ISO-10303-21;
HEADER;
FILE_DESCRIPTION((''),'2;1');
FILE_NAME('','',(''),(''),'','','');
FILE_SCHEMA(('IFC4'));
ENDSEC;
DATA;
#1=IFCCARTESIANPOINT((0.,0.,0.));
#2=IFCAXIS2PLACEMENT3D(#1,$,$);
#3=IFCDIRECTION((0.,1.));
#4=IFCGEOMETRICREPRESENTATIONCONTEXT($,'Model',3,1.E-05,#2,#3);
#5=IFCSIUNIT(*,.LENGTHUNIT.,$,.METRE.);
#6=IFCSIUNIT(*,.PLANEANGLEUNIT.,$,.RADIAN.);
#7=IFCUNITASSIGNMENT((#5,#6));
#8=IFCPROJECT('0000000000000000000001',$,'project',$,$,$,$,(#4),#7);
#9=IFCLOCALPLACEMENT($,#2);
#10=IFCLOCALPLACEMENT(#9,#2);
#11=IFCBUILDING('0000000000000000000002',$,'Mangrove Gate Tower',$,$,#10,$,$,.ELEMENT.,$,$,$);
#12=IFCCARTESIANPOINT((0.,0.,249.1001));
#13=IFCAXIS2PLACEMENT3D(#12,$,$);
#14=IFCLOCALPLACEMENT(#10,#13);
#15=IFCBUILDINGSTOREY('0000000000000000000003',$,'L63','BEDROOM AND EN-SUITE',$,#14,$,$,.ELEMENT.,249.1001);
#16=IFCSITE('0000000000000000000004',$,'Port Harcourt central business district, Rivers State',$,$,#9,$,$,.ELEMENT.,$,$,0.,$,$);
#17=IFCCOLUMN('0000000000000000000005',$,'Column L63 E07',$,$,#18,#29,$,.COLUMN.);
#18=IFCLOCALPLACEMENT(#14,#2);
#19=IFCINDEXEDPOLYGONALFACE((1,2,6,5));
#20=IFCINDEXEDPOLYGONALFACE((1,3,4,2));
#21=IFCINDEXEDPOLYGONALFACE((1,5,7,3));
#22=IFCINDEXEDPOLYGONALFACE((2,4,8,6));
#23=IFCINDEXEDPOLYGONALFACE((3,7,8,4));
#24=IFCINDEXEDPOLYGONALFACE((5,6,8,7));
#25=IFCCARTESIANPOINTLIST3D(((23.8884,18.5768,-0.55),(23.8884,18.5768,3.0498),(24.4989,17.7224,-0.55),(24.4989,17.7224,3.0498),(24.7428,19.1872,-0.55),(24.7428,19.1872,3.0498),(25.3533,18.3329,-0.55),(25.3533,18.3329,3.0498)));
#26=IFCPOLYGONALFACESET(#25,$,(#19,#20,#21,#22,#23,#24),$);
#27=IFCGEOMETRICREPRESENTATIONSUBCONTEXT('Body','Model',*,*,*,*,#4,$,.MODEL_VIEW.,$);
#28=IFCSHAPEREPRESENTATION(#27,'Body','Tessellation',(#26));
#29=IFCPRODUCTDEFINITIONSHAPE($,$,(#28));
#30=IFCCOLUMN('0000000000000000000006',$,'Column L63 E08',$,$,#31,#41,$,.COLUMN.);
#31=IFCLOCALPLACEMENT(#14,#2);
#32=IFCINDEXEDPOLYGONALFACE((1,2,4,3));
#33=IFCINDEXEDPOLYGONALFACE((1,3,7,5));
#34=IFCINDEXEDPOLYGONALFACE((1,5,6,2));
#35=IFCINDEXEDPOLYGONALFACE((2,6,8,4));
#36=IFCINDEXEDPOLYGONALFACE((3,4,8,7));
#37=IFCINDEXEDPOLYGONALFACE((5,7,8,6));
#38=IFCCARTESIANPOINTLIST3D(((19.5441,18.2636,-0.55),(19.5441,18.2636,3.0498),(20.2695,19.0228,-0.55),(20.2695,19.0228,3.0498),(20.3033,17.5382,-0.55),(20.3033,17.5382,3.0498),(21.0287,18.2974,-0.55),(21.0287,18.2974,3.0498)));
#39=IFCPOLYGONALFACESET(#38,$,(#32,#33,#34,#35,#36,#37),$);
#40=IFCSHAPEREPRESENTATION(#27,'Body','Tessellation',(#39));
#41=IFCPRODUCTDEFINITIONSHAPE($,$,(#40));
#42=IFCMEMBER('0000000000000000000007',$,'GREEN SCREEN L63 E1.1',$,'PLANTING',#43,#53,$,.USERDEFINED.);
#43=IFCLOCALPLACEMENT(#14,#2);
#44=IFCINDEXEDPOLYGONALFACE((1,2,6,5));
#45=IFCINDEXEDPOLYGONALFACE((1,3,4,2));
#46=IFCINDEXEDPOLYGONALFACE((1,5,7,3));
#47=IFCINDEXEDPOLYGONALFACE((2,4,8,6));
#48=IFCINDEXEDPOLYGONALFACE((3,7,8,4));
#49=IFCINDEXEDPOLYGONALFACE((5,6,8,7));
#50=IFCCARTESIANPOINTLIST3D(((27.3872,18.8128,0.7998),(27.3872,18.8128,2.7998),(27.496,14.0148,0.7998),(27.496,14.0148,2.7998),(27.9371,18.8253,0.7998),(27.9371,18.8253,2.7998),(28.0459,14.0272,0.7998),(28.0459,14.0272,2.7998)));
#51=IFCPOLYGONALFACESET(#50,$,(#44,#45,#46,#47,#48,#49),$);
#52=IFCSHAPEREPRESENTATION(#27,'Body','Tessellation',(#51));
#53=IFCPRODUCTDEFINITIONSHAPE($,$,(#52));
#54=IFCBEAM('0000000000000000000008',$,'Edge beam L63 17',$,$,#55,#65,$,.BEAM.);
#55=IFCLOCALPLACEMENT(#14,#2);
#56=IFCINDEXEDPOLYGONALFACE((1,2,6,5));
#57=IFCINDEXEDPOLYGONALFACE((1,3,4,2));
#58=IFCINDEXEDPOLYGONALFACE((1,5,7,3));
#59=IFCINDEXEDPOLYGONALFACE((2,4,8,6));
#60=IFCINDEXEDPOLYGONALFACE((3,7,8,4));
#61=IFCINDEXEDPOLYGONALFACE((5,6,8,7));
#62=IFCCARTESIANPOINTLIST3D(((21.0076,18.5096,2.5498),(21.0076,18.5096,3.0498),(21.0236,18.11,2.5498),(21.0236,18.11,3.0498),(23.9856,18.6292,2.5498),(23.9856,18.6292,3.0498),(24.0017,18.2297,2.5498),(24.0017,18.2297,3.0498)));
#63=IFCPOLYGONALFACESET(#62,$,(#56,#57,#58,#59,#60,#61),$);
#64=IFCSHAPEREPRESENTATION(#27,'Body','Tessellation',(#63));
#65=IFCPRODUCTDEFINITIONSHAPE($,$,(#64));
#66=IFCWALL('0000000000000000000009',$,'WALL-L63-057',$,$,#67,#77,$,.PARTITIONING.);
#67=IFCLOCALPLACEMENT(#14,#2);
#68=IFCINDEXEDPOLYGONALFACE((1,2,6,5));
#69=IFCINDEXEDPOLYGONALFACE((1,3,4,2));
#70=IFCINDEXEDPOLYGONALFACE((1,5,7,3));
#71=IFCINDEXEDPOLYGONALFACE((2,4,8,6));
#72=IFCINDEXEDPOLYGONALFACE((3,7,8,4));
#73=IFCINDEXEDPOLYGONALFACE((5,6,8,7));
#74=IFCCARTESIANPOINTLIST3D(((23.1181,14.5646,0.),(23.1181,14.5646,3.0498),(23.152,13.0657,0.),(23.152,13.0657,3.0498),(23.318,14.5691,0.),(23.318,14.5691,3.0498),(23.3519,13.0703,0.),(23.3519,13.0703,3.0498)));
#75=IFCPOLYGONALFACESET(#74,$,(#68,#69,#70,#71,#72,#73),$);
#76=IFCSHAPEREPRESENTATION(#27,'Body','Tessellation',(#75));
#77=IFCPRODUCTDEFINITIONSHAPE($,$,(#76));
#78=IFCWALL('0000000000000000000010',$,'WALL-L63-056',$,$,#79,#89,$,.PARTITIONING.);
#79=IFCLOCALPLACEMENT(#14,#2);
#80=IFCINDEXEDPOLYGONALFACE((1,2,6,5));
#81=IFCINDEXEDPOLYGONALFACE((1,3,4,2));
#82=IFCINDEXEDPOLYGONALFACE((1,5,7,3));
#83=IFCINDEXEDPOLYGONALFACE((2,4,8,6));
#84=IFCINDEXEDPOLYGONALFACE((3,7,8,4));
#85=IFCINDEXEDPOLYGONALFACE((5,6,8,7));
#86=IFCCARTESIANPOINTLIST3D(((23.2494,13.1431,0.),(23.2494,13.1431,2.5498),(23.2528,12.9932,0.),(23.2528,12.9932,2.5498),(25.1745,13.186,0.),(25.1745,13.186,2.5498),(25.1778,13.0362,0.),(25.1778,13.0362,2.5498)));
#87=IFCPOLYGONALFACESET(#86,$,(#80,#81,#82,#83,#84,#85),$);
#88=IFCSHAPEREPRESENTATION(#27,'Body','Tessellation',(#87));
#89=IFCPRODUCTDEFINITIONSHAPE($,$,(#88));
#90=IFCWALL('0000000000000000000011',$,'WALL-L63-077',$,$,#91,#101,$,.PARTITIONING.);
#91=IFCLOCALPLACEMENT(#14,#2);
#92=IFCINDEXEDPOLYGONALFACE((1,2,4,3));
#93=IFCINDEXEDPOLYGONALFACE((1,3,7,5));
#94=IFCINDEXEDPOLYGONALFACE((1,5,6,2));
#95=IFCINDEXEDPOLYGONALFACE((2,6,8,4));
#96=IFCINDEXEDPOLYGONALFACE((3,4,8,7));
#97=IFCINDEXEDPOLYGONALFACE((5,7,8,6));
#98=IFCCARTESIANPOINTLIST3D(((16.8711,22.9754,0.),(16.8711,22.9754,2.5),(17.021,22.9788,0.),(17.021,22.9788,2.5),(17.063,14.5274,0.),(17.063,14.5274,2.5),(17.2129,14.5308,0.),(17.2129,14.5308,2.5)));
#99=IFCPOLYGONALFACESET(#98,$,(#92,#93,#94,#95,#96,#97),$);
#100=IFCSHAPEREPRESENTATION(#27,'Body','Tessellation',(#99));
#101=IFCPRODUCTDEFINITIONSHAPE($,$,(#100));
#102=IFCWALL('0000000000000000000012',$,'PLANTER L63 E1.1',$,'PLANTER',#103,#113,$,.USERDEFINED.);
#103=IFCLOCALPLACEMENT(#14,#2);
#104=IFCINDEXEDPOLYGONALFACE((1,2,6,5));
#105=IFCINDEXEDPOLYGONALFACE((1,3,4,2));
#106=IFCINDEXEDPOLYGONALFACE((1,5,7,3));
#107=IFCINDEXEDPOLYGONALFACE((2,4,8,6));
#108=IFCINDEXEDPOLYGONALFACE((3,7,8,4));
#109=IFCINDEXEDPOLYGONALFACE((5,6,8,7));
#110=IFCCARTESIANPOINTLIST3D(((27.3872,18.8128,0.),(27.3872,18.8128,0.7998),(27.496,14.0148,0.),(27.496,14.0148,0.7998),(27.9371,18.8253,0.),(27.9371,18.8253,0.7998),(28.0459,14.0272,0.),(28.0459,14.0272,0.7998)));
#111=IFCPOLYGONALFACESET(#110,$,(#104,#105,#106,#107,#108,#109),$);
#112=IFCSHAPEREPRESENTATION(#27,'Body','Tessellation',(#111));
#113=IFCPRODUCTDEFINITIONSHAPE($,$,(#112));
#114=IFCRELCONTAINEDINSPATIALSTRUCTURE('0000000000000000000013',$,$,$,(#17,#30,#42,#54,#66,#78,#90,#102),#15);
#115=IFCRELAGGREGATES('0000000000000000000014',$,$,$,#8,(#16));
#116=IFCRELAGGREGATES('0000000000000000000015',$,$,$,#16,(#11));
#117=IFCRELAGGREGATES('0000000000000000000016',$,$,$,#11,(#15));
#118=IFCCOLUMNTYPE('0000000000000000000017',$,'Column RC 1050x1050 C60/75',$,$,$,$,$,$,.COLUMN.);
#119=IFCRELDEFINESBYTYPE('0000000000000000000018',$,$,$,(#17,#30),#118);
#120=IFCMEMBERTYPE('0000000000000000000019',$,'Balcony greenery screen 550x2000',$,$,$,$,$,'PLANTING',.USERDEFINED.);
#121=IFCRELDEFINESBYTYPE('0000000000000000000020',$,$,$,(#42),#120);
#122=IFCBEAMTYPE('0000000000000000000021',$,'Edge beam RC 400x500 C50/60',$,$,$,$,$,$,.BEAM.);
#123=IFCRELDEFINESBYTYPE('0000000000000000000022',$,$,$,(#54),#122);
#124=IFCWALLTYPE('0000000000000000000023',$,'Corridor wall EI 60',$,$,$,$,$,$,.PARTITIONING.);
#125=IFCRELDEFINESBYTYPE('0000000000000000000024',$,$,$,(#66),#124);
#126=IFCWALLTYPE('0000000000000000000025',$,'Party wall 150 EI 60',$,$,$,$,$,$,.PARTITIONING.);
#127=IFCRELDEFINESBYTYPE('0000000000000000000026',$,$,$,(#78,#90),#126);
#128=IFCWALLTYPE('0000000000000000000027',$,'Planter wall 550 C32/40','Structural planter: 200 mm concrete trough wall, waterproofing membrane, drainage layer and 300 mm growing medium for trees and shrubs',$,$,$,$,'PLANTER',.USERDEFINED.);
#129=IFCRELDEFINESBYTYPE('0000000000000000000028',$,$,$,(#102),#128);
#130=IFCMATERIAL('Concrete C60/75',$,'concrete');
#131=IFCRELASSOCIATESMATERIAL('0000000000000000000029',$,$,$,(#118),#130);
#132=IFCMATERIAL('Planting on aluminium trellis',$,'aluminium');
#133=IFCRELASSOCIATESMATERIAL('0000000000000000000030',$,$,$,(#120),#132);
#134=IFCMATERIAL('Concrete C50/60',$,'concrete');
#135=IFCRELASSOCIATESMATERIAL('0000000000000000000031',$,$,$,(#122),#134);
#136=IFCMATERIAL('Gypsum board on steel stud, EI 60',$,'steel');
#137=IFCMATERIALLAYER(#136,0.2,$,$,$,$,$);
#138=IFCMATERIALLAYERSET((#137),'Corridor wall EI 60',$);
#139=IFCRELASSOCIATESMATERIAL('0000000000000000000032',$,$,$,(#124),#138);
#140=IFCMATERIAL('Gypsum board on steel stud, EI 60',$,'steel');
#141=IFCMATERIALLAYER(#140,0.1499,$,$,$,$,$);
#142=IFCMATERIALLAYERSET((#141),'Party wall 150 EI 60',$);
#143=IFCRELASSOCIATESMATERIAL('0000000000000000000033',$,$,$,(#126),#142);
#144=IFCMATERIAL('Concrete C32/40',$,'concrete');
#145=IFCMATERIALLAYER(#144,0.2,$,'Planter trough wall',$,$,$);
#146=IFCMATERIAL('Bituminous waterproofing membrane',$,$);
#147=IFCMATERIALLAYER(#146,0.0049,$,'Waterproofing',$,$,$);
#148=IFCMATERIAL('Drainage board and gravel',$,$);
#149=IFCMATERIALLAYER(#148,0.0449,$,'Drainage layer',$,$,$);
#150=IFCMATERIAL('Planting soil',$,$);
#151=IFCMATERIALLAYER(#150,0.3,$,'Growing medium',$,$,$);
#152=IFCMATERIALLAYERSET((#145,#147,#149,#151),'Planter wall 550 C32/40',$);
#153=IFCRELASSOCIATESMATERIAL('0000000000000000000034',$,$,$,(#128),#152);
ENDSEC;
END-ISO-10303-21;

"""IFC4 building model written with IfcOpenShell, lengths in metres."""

from ifc_helpers import new_model, si_unit, direction, frame, frame_2d, origin, origin_2d, place, context, subcontext, project, spatial, rectangle, extrude, material, layer, layer_set, material_profile, profile_set, type_object, element, save


model = new_model("IFC4")

# Units and contexts
model_context = context("Model", 3, precision=1e-05, world=origin(), true_north=direction((0.0, 1.0)))
body_context = subcontext(model_context, "Body", "Model", "MODEL_VIEW")
ifc_project = project(units=[si_unit("LENGTHUNIT", "METRE"), si_unit("PLANEANGLEUNIT", "RADIAN")], contexts=[model_context])

# Site, building, storey
site_placement = place(None, origin())
site = spatial("IfcSite", under=ifc_project, at=site_placement, Name="Port Harcourt central business district, Rivers State", CompositionType="ELEMENT", RefElevation=0.0)
building_placement = place(site_placement, origin())
building = spatial("IfcBuilding", under=site, at=building_placement, Name="Mangrove Gate Tower", CompositionType="ELEMENT")
storey_placement = place(building_placement, frame((0.0, 0.0, 249.1001)))
storey = spatial("IfcBuildingStorey", under=building, at=storey_placement, Name="L63", Description="BEDROOM AND EN-SUITE", CompositionType="ELEMENT", Elevation=249.1001)

# Columns
ifc_material_1 = material(Name="Concrete C60/75", Category="concrete")
ifc_material_profile_1 = material_profile(ifc_material_1, rectangle(XDim=1.05, YDim=1.05, at=origin_2d()))
ifc_profile_set_1 = profile_set([ifc_material_profile_1], Name="Concrete C60/75")
column_type = type_object("IfcColumnType", Name="Column RC 1050x1050 C60/75", PredefinedType="COLUMN", material=ifc_profile_set_1)
for number, where, z_axis, x_axis, name in (
    (1, (24.6208, 18.4548, -0.55), (0.0, 0.0, 1.0), (-0.581359, 0.813647, 0.0), "Column L63 E07"),
    (2, (20.2864, 18.2805, -0.55), (0.0, 0.0, 1.0), (-0.722994, 0.690854, 0.0), "Column L63 E08"),
):
    element("IfcColumn", number, at=place(storey_placement, frame(where, z_axis=z_axis, x_axis=x_axis)), inside=storey, type_object=column_type, Name=name, PredefinedType="COLUMN", context=body_context, shape_type="SweptSolid", body=[
        extrude(rectangle(XDim=1.05, YDim=1.05, at=origin_2d()), origin(), (0.0, 0.0, 1.0), 3.5999),
    ])

# Member
ifc_material_2 = material(Name="Planting on aluminium trellis", Category="aluminium")
ifc_material_profile_2 = material_profile(ifc_material_2, rectangle(XDim=0.55, YDim=2.0, at=origin_2d()))
ifc_profile_set_2 = profile_set([ifc_material_profile_2], Name="Planting on aluminium trellis")
member_type = type_object("IfcMemberType", Name="Balcony greenery screen 550x2000", ElementType="PLANTING", PredefinedType="USERDEFINED", material=ifc_profile_set_2)
member_placement = place(storey_placement, frame((27.771, 14.021, 1.7998), z_axis=(-0.022688, 0.999743, 0.0), x_axis=(-0.999743, -0.022688, 0.0)))
element("IfcMember", 3, at=member_placement, inside=storey, type_object=member_type, Name="GREEN SCREEN L63 E1.1", ObjectType="PLANTING", PredefinedType="USERDEFINED", context=body_context, shape_type="SweptSolid", body=[
    extrude(rectangle(XDim=0.55, YDim=2.0, at=origin_2d()), origin(), (0.0, 0.0, 1.0), 4.7993),
])

# Beam
ifc_material_3 = material(Name="Concrete C50/60", Category="concrete")
ifc_material_profile_3 = material_profile(ifc_material_3, rectangle(XDim=0.3999, YDim=0.5, at=origin_2d()))
ifc_profile_set_3 = profile_set([ifc_material_profile_3], Name="Concrete C50/60")
beam_type = type_object("IfcBeamType", Name="Edge beam RC 400x500 C50/60", PredefinedType="BEAM", material=ifc_profile_set_3)
beam_placement = place(storey_placement, frame((23.9937, 18.4294, 2.7998), z_axis=(-0.999194, -0.040138, 0.0), x_axis=(0.040138, -0.999194, 0.0)))
element("IfcBeam", 4, at=beam_placement, inside=storey, type_object=beam_type, Name="Edge beam L63 17", PredefinedType="BEAM", context=body_context, shape_type="SweptSolid", body=[
    extrude(rectangle(XDim=0.3999, YDim=0.5, at=origin_2d()), origin(), (0.0, 0.0, 1.0), 2.9805),
])

# Walls
ifc_material_4 = material(Name="Gypsum board on steel stud, EI 60", Category="steel")
ifc_layer_1 = layer(ifc_material_4, 0.2)
ifc_layer_set_1 = layer_set([ifc_layer_1], Name="Corridor wall EI 60")
wall_type_1 = type_object("IfcWallType", Name="Corridor wall EI 60", PredefinedType="PARTITIONING", material=ifc_layer_set_1)
wall_1_placement = place(storey_placement, frame((23.252, 13.0681, 0.0), z_axis=(0.0, 0.0, 1.0), x_axis=(-0.022636, 0.999744, 0.0)))
element("IfcWall", 5, at=wall_1_placement, inside=storey, type_object=wall_type_1, Name="WALL-L63-057", PredefinedType="PARTITIONING", context=body_context, shape_type="SweptSolid", body=[
    extrude(rectangle(XDim=1.4993, YDim=0.2, at=frame_2d((0.7495, 0.0))), origin(), (0.0, 0.0, 1.0), 3.0498),
])
ifc_material_5 = material(Name="Gypsum board on steel stud, EI 60", Category="steel")
ifc_layer_2 = layer(ifc_material_5, 0.1499)
ifc_layer_set_2 = layer_set([ifc_layer_2], Name="Party wall 150 EI 60")
wall_type_2 = type_object("IfcWallType", Name="Party wall 150 EI 60", PredefinedType="PARTITIONING", material=ifc_layer_set_2)
wall_2_placement = place(storey_placement, frame((23.251, 13.0681, 0.0), z_axis=(0.0, 0.0, 1.0), x_axis=(0.999751, 0.022315, 0.0)))
element("IfcWall", 6, at=wall_2_placement, inside=storey, type_object=wall_type_2, Name="WALL-L63-056", PredefinedType="PARTITIONING", context=body_context, shape_type="SweptSolid", body=[
    extrude(rectangle(XDim=1.9255, YDim=0.1499, at=frame_2d((0.9629, 0.0))), origin(), (0.0, 0.0, 1.0), 2.5498),
])
wall_3_placement = place(storey_placement, frame((17.1379, 14.5291, 0.0), z_axis=(0.0, 0.0, 1.0), x_axis=(-0.022709, 0.999742, 0.0)))
element("IfcWall", 7, at=wall_3_placement, inside=storey, type_object=wall_type_2, Name="WALL-L63-077", PredefinedType="PARTITIONING", context=body_context, shape_type="SweptSolid", body=[
    extrude(rectangle(XDim=8.4502, YDim=0.1499, at=frame_2d((4.2251, 0.0))), origin(), (0.0, 0.0, 1.0), 2.5),
])
ifc_material_6 = material(Name="Concrete C32/40", Category="concrete")
ifc_layer_3 = layer(ifc_material_6, 0.2, Name="Planter trough wall")
ifc_material_7 = material(Name="Bituminous waterproofing membrane")
ifc_layer_4 = layer(ifc_material_7, 0.0049, Name="Waterproofing")
ifc_material_8 = material(Name="Drainage board and gravel")
ifc_layer_5 = layer(ifc_material_8, 0.0449, Name="Drainage layer")
ifc_material_9 = material(Name="Planting soil")
ifc_layer_6 = layer(ifc_material_9, 0.3, Name="Growing medium")
ifc_layer_set_3 = layer_set([ifc_layer_3, ifc_layer_4, ifc_layer_5, ifc_layer_6], Name="Planter wall 550 C32/40")
wall_type_3 = type_object("IfcWallType", Name="Planter wall 550 C32/40", Description="Structural planter: 200 mm concrete trough wall, waterproofing membrane, drainage layer and 300 mm growing medium for trees and shrubs", ElementType="PLANTER", PredefinedType="USERDEFINED", material=ifc_layer_set_3)
wall_4_placement = place(storey_placement, frame((27.771, 14.021, 0.0), z_axis=(0.0, 0.0, 1.0), x_axis=(-0.022688, 0.999743, 0.0)))
element("IfcWall", 8, at=wall_4_placement, inside=storey, type_object=wall_type_3, Name="PLANTER L63 E1.1", ObjectType="PLANTER", PredefinedType="USERDEFINED", context=body_context, shape_type="SweptSolid", body=[
    extrude(rectangle(XDim=4.7993, YDim=0.55, at=frame_2d((2.3997, 0.0))), origin(), (0.0, 0.0, 1.0), 0.7998),
])

save(model, "model.ifc")
